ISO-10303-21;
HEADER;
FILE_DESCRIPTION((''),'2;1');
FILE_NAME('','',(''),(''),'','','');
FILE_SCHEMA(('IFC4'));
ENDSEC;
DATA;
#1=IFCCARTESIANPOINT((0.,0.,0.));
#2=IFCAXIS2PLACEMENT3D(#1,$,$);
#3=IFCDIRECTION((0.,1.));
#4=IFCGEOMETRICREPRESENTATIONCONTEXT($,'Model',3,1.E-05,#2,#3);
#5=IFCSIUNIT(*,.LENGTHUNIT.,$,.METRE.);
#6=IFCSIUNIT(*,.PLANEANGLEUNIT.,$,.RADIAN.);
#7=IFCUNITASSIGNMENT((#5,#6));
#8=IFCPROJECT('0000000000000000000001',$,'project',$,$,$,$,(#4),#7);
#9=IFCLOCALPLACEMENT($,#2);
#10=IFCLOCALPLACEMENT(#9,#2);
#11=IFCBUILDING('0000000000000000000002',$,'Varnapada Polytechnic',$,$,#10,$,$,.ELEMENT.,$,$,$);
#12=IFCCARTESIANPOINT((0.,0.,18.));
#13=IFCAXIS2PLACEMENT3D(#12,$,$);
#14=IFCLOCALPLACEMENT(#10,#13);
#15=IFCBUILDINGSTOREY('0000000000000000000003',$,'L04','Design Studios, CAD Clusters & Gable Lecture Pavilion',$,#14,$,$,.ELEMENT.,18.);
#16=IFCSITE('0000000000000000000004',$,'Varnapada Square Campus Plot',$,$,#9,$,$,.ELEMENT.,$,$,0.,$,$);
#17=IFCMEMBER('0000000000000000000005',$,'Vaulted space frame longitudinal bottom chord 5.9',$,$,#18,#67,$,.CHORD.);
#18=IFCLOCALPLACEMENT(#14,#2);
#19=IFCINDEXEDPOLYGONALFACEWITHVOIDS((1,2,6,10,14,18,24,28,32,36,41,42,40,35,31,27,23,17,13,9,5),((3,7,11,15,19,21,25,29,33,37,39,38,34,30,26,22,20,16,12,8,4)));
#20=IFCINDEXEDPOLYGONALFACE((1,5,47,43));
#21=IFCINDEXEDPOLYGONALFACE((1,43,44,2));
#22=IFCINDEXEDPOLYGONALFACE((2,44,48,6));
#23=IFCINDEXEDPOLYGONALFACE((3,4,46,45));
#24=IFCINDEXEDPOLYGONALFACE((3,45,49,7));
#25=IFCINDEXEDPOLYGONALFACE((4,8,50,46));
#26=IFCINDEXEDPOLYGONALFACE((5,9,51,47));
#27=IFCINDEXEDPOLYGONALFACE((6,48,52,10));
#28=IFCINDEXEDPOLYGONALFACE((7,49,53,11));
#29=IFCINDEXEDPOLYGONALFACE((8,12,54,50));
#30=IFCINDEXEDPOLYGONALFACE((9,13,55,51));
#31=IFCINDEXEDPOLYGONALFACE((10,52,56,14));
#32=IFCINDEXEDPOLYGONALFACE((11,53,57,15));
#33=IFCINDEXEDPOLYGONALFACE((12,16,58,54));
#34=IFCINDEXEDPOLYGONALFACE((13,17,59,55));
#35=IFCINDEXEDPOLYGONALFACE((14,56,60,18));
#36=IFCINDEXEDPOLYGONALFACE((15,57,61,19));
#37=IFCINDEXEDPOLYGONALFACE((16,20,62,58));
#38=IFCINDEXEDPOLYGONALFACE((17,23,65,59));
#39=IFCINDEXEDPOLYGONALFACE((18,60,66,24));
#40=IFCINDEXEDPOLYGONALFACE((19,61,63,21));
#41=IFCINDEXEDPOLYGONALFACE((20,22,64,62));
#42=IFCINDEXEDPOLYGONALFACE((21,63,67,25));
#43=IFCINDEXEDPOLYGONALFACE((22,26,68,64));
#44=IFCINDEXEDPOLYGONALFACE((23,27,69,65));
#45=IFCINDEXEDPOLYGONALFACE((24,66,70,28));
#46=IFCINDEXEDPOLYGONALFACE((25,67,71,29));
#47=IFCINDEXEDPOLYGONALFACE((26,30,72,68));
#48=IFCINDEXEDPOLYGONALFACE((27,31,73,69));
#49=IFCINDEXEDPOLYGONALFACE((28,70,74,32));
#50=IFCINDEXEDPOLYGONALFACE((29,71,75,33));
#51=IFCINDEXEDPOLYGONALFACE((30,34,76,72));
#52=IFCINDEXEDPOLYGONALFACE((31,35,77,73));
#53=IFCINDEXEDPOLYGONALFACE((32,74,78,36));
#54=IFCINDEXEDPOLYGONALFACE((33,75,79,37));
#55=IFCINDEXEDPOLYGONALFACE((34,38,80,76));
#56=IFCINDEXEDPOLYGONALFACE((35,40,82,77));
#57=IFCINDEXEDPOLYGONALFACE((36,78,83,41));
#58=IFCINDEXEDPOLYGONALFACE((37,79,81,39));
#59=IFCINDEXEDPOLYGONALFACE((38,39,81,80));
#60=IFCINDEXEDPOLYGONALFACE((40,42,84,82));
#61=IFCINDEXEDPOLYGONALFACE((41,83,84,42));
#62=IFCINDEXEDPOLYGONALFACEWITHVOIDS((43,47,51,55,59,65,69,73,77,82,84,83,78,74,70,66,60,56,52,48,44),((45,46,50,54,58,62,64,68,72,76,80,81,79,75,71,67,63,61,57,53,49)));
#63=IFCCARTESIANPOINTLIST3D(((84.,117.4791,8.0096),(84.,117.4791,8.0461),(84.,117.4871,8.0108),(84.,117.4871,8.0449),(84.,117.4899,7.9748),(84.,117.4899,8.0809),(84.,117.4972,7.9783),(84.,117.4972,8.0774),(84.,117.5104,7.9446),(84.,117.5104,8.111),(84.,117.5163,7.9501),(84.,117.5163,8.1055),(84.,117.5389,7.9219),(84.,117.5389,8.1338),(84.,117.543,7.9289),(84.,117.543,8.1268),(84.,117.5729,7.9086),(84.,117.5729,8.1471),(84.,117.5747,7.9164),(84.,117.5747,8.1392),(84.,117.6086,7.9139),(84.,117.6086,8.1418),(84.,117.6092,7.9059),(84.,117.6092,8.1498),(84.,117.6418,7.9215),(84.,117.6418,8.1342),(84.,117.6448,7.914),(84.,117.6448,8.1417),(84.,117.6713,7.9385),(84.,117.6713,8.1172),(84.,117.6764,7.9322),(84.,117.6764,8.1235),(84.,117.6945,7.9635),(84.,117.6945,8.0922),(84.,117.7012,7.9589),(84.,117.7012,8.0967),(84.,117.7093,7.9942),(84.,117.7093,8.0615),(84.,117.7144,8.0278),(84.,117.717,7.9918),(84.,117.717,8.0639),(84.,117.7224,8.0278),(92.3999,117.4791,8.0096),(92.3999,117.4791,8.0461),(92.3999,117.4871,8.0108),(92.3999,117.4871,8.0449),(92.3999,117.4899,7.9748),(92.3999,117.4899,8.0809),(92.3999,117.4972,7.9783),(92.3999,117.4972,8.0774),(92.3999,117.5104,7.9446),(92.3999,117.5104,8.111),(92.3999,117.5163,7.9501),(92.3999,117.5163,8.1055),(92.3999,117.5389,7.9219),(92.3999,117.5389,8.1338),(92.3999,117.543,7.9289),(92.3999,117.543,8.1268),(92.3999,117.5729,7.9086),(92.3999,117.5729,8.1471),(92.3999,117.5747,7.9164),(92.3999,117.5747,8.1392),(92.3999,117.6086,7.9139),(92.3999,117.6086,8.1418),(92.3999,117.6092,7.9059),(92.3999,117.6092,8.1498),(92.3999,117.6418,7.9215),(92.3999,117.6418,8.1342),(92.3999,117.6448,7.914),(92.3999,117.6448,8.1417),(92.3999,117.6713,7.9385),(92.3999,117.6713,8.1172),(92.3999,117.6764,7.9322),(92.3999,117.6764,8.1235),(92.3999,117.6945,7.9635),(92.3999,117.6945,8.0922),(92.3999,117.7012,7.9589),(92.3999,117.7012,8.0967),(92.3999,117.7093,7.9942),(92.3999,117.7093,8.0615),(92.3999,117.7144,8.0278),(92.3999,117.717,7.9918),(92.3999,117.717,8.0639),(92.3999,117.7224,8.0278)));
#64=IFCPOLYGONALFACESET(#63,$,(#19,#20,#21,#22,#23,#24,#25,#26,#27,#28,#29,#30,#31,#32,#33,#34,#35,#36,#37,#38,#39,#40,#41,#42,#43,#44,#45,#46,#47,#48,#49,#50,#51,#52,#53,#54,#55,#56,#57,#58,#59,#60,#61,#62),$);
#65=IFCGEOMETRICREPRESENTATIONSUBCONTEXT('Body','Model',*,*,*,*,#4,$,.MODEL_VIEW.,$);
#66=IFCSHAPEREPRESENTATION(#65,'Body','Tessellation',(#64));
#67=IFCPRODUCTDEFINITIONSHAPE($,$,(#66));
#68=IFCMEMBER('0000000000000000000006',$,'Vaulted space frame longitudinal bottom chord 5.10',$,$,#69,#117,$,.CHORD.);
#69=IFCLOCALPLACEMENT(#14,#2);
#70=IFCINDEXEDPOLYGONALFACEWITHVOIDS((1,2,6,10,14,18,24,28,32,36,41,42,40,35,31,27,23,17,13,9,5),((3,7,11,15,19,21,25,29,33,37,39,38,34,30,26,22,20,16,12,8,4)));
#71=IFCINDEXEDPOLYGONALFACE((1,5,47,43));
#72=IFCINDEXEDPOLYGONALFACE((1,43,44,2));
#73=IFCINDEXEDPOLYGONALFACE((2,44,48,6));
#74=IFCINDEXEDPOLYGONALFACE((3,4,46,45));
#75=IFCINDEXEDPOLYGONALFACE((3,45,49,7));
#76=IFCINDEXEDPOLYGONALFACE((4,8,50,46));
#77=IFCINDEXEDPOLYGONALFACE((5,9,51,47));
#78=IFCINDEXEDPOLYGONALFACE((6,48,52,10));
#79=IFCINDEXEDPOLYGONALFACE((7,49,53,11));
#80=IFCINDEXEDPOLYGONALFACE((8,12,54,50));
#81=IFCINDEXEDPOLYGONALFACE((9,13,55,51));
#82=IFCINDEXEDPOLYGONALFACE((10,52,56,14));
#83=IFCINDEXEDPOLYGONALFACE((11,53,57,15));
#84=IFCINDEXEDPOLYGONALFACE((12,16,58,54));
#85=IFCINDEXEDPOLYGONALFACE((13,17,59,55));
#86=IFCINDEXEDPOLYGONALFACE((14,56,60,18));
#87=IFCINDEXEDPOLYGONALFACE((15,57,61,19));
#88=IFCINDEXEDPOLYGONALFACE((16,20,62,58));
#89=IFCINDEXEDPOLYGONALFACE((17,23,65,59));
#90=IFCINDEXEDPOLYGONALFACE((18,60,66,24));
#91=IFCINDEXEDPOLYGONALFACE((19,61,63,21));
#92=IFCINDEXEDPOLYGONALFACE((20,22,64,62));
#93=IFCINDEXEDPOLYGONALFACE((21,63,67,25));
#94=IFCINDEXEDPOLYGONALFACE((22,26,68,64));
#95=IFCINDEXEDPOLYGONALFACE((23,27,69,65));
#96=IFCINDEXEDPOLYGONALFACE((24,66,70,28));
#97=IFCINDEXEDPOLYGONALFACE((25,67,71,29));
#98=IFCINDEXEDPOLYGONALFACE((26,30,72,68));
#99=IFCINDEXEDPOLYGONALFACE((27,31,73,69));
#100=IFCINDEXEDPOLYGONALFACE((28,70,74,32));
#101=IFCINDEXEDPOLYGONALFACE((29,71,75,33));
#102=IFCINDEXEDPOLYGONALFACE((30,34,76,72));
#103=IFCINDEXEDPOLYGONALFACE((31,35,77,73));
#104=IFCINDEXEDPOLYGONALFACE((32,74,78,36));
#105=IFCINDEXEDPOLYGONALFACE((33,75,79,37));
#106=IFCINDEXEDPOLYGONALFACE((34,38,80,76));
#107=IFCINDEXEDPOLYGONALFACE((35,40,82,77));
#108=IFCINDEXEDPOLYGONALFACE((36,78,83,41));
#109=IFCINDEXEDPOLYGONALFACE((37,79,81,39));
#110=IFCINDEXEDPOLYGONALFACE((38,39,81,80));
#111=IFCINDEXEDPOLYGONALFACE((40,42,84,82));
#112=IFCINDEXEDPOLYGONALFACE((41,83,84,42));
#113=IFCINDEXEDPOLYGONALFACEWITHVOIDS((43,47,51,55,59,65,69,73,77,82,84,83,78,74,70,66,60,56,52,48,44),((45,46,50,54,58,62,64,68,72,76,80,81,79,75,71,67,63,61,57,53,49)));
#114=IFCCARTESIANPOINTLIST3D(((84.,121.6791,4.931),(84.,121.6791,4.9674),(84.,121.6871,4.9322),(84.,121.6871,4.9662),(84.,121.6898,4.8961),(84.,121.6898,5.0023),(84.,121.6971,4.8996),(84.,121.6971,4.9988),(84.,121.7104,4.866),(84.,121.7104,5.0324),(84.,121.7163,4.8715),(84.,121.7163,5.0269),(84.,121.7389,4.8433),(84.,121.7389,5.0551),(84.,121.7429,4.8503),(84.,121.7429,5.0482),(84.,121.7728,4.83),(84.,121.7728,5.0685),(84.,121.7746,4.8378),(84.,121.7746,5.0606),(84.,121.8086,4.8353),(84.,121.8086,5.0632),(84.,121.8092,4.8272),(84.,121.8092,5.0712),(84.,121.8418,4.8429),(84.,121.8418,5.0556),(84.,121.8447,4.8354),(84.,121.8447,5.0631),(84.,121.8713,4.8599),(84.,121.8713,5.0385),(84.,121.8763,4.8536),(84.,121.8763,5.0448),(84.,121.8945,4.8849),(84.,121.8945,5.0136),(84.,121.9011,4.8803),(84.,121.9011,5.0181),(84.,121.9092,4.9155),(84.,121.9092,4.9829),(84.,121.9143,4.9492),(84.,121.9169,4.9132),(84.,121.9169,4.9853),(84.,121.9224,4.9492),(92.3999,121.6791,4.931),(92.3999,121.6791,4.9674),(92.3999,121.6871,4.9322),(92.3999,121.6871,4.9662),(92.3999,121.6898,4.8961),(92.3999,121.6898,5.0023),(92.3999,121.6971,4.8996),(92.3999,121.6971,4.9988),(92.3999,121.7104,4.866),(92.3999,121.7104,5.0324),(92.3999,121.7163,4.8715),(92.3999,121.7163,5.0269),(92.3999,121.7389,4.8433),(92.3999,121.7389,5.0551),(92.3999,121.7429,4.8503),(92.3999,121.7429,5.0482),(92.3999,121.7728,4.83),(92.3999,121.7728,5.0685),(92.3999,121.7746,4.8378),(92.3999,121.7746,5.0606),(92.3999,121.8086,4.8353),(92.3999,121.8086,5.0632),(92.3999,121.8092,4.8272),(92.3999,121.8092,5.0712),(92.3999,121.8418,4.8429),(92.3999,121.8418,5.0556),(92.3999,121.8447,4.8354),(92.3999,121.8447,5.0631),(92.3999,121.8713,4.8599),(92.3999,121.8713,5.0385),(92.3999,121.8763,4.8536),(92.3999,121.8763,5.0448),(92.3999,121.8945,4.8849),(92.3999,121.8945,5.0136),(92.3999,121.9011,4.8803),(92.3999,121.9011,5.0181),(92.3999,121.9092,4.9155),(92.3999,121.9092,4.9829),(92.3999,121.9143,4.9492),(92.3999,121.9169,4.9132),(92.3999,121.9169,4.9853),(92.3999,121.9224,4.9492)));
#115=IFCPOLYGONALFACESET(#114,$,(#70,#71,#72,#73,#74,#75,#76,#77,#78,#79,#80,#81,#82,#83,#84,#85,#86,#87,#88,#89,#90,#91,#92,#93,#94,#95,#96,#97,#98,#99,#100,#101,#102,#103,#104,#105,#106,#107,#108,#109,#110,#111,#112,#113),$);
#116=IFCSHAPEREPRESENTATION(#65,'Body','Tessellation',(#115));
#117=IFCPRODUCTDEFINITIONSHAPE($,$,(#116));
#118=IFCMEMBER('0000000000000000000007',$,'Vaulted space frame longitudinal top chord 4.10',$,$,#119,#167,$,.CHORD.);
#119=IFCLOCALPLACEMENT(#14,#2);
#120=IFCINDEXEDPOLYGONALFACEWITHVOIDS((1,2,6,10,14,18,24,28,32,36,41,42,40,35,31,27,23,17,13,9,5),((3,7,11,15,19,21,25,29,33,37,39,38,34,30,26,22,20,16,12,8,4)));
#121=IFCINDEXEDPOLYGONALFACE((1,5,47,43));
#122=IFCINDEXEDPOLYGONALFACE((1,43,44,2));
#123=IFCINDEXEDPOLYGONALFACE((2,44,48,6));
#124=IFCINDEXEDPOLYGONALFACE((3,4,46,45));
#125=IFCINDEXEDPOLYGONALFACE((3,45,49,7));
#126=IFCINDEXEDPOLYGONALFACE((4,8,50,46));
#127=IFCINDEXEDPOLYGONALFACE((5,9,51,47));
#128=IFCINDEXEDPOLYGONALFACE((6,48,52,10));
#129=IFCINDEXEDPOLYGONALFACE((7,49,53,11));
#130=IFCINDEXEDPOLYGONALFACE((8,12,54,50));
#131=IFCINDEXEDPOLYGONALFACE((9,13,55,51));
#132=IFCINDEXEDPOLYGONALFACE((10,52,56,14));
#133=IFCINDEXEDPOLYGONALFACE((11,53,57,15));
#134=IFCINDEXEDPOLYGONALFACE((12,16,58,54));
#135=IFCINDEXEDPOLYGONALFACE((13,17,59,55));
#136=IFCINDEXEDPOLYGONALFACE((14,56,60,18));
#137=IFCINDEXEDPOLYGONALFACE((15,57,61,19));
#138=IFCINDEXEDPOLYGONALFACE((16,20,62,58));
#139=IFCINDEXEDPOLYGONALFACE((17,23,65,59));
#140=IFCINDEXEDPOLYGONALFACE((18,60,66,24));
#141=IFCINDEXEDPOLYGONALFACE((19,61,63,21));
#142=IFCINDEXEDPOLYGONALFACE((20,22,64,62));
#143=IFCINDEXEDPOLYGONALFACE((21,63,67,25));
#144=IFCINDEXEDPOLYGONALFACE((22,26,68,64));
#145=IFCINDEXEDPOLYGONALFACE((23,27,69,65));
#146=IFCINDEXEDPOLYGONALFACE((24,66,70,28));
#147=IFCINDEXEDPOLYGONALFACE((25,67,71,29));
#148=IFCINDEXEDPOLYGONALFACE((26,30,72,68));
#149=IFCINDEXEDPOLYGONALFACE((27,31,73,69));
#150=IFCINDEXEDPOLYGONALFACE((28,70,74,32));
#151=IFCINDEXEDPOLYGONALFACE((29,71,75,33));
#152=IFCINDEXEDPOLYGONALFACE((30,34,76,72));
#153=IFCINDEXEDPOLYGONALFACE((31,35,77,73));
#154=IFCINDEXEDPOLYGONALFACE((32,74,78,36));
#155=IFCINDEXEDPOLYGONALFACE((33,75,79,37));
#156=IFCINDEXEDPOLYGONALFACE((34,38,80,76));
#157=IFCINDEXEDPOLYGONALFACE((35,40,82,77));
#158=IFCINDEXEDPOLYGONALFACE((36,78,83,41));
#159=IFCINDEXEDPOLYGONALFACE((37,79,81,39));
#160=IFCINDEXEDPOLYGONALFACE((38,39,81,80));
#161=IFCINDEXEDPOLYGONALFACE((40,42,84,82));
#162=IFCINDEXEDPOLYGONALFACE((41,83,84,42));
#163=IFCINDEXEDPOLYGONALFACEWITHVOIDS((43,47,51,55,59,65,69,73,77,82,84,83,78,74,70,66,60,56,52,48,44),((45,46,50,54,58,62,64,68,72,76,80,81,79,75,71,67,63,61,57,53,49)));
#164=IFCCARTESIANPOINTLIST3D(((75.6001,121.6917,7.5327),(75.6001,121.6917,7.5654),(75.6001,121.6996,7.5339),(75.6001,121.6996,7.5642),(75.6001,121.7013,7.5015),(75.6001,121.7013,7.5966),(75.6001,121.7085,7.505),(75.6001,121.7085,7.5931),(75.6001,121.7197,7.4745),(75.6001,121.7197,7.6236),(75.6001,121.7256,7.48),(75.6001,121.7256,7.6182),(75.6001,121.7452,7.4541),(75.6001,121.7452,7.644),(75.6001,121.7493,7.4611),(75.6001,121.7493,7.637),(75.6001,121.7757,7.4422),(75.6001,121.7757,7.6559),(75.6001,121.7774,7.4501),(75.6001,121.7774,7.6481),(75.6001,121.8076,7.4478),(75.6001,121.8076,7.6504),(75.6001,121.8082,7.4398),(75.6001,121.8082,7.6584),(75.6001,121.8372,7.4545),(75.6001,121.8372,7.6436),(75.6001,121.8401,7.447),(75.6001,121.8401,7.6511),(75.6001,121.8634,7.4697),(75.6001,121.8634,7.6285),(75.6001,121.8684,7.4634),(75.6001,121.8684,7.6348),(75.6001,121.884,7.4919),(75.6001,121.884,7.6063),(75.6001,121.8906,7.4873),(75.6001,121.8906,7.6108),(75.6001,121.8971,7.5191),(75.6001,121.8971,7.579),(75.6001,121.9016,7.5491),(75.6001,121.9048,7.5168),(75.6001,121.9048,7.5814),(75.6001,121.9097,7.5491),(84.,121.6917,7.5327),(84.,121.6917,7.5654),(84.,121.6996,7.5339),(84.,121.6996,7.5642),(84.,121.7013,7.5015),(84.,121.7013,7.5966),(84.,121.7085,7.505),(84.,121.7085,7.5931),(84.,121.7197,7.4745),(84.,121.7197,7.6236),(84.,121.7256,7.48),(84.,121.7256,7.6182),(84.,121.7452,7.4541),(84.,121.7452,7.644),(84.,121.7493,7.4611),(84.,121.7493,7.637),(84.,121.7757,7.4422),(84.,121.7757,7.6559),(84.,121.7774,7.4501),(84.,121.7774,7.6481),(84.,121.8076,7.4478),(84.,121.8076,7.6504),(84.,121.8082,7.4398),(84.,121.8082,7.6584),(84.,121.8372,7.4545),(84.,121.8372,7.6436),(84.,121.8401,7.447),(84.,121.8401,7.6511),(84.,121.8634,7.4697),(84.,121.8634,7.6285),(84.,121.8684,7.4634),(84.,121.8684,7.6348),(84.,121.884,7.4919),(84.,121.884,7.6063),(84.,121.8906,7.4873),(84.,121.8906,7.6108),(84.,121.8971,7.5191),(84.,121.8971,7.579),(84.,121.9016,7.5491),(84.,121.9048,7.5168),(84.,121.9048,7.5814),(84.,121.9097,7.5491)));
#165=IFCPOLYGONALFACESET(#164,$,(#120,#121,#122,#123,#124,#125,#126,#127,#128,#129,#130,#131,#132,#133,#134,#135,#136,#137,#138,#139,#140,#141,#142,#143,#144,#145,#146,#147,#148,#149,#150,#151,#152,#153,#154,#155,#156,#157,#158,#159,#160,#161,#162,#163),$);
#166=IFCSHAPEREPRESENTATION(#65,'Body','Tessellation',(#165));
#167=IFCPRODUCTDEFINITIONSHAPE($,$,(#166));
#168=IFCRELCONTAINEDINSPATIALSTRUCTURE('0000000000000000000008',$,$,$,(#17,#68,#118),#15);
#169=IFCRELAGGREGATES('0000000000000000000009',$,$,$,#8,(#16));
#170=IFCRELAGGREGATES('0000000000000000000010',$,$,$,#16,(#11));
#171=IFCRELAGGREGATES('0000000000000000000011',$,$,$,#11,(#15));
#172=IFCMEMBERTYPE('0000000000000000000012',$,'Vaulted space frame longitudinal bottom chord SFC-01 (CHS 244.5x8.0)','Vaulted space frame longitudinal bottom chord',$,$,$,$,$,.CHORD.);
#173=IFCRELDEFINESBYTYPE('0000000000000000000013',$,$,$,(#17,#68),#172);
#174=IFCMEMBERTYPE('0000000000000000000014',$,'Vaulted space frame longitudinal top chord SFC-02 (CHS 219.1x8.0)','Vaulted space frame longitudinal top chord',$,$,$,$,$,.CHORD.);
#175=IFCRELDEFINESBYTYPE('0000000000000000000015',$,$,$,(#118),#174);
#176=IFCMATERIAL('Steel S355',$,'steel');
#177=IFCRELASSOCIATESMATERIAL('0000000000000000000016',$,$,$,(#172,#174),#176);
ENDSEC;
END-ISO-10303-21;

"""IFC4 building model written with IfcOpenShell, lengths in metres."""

from ifc_helpers import new_model, si_unit, direction, frame, origin, origin_2d, place, context, subcontext, project, spatial, hollow_circle, extrude, material, material_profile, profile_set, type_object, element, save


model = new_model("IFC4")

# Units and contexts
model_context = context("Model", 3, precision=1e-05, world=origin(), true_north=direction((0.0, 1.0)))
body_context = subcontext(model_context, "Body", "Model", "MODEL_VIEW")
ifc_project = project(units=[si_unit("LENGTHUNIT", "METRE"), si_unit("PLANEANGLEUNIT", "RADIAN")], contexts=[model_context])

# Site, building, storey
site_placement = place(None, origin())
site = spatial("IfcSite", under=ifc_project, at=site_placement, Name="Varnapada Square Campus Plot", CompositionType="ELEMENT", RefElevation=0.0)
building_placement = place(site_placement, origin())
building = spatial("IfcBuilding", under=site, at=building_placement, Name="Varnapada Polytechnic", CompositionType="ELEMENT")
storey_placement = place(building_placement, frame((0.0, 0.0, 18.0)))
storey = spatial("IfcBuildingStorey", under=building, at=storey_placement, Name="L04", Description="Design Studios, CAD Clusters & Gable Lecture Pavilion", CompositionType="ELEMENT", Elevation=18.0)

# Shared definitions
ifc_material = material(Name="Steel S355", Category="steel")

# Members
ifc_material_profile_1 = material_profile(ifc_material, hollow_circle(Radius=0.1223, WallThickness=0.0081, at=origin_2d()), Name="CHS 244.5x8.0")
ifc_profile_set_1 = profile_set([ifc_material_profile_1], Name="Steel S355")
member_type_1 = type_object("IfcMemberType", Name="Vaulted space frame longitudinal bottom chord SFC-01 (CHS 244.5x8.0)", Description="Vaulted space frame longitudinal bottom chord", PredefinedType="CHORD", material=ifc_profile_set_1)
for number, where, z_axis, x_axis, name in (
    (1, (84.0, 117.6001, 8.0278), (1.0, 0.0, 0.0), (0.0, 1.0, 0.0), "Vaulted space frame longitudinal bottom chord 5.9"),
    (2, (84.0, 121.8, 4.9492), (1.0, 0.0, 0.0), (0.0, 1.0, 0.0), "Vaulted space frame longitudinal bottom chord 5.10"),
):
    element("IfcMember", number, at=place(storey_placement, frame(where, z_axis=z_axis, x_axis=x_axis)), inside=storey, type_object=member_type_1, Name=name, PredefinedType="CHORD", context=body_context, shape_type="SweptSolid", body=[
        extrude(hollow_circle(Radius=0.1223, WallThickness=0.0081, at=origin_2d()), origin(), (0.0, 0.0, 1.0), 8.3999),
    ])
ifc_material_profile_2 = material_profile(ifc_material, hollow_circle(Radius=0.1096, WallThickness=0.0081, at=origin_2d()), Name="CHS 219.1x8.0")
ifc_profile_set_2 = profile_set([ifc_material_profile_2], Name="Steel S355")
member_type_2 = type_object("IfcMemberType", Name="Vaulted space frame longitudinal top chord SFC-02 (CHS 219.1x8.0)", Description="Vaulted space frame longitudinal top chord", PredefinedType="CHORD", material=ifc_profile_set_2)
for number, where, z_axis, x_axis, name in (
    (3, (75.6001, 121.8, 7.5491), (1.0, 0.0, 0.0), (0.0, 1.0, 0.0), "Vaulted space frame longitudinal top chord 4.10"),
):
    element("IfcMember", number, at=place(storey_placement, frame(where, z_axis=z_axis, x_axis=x_axis)), inside=storey, type_object=member_type_2, Name=name, PredefinedType="CHORD", context=body_context, shape_type="SweptSolid", body=[
        extrude(hollow_circle(Radius=0.1096, WallThickness=0.0081, at=origin_2d()), origin(), (0.0, 0.0, 1.0), 8.3999),
    ])

save(model, "model.ifc")
